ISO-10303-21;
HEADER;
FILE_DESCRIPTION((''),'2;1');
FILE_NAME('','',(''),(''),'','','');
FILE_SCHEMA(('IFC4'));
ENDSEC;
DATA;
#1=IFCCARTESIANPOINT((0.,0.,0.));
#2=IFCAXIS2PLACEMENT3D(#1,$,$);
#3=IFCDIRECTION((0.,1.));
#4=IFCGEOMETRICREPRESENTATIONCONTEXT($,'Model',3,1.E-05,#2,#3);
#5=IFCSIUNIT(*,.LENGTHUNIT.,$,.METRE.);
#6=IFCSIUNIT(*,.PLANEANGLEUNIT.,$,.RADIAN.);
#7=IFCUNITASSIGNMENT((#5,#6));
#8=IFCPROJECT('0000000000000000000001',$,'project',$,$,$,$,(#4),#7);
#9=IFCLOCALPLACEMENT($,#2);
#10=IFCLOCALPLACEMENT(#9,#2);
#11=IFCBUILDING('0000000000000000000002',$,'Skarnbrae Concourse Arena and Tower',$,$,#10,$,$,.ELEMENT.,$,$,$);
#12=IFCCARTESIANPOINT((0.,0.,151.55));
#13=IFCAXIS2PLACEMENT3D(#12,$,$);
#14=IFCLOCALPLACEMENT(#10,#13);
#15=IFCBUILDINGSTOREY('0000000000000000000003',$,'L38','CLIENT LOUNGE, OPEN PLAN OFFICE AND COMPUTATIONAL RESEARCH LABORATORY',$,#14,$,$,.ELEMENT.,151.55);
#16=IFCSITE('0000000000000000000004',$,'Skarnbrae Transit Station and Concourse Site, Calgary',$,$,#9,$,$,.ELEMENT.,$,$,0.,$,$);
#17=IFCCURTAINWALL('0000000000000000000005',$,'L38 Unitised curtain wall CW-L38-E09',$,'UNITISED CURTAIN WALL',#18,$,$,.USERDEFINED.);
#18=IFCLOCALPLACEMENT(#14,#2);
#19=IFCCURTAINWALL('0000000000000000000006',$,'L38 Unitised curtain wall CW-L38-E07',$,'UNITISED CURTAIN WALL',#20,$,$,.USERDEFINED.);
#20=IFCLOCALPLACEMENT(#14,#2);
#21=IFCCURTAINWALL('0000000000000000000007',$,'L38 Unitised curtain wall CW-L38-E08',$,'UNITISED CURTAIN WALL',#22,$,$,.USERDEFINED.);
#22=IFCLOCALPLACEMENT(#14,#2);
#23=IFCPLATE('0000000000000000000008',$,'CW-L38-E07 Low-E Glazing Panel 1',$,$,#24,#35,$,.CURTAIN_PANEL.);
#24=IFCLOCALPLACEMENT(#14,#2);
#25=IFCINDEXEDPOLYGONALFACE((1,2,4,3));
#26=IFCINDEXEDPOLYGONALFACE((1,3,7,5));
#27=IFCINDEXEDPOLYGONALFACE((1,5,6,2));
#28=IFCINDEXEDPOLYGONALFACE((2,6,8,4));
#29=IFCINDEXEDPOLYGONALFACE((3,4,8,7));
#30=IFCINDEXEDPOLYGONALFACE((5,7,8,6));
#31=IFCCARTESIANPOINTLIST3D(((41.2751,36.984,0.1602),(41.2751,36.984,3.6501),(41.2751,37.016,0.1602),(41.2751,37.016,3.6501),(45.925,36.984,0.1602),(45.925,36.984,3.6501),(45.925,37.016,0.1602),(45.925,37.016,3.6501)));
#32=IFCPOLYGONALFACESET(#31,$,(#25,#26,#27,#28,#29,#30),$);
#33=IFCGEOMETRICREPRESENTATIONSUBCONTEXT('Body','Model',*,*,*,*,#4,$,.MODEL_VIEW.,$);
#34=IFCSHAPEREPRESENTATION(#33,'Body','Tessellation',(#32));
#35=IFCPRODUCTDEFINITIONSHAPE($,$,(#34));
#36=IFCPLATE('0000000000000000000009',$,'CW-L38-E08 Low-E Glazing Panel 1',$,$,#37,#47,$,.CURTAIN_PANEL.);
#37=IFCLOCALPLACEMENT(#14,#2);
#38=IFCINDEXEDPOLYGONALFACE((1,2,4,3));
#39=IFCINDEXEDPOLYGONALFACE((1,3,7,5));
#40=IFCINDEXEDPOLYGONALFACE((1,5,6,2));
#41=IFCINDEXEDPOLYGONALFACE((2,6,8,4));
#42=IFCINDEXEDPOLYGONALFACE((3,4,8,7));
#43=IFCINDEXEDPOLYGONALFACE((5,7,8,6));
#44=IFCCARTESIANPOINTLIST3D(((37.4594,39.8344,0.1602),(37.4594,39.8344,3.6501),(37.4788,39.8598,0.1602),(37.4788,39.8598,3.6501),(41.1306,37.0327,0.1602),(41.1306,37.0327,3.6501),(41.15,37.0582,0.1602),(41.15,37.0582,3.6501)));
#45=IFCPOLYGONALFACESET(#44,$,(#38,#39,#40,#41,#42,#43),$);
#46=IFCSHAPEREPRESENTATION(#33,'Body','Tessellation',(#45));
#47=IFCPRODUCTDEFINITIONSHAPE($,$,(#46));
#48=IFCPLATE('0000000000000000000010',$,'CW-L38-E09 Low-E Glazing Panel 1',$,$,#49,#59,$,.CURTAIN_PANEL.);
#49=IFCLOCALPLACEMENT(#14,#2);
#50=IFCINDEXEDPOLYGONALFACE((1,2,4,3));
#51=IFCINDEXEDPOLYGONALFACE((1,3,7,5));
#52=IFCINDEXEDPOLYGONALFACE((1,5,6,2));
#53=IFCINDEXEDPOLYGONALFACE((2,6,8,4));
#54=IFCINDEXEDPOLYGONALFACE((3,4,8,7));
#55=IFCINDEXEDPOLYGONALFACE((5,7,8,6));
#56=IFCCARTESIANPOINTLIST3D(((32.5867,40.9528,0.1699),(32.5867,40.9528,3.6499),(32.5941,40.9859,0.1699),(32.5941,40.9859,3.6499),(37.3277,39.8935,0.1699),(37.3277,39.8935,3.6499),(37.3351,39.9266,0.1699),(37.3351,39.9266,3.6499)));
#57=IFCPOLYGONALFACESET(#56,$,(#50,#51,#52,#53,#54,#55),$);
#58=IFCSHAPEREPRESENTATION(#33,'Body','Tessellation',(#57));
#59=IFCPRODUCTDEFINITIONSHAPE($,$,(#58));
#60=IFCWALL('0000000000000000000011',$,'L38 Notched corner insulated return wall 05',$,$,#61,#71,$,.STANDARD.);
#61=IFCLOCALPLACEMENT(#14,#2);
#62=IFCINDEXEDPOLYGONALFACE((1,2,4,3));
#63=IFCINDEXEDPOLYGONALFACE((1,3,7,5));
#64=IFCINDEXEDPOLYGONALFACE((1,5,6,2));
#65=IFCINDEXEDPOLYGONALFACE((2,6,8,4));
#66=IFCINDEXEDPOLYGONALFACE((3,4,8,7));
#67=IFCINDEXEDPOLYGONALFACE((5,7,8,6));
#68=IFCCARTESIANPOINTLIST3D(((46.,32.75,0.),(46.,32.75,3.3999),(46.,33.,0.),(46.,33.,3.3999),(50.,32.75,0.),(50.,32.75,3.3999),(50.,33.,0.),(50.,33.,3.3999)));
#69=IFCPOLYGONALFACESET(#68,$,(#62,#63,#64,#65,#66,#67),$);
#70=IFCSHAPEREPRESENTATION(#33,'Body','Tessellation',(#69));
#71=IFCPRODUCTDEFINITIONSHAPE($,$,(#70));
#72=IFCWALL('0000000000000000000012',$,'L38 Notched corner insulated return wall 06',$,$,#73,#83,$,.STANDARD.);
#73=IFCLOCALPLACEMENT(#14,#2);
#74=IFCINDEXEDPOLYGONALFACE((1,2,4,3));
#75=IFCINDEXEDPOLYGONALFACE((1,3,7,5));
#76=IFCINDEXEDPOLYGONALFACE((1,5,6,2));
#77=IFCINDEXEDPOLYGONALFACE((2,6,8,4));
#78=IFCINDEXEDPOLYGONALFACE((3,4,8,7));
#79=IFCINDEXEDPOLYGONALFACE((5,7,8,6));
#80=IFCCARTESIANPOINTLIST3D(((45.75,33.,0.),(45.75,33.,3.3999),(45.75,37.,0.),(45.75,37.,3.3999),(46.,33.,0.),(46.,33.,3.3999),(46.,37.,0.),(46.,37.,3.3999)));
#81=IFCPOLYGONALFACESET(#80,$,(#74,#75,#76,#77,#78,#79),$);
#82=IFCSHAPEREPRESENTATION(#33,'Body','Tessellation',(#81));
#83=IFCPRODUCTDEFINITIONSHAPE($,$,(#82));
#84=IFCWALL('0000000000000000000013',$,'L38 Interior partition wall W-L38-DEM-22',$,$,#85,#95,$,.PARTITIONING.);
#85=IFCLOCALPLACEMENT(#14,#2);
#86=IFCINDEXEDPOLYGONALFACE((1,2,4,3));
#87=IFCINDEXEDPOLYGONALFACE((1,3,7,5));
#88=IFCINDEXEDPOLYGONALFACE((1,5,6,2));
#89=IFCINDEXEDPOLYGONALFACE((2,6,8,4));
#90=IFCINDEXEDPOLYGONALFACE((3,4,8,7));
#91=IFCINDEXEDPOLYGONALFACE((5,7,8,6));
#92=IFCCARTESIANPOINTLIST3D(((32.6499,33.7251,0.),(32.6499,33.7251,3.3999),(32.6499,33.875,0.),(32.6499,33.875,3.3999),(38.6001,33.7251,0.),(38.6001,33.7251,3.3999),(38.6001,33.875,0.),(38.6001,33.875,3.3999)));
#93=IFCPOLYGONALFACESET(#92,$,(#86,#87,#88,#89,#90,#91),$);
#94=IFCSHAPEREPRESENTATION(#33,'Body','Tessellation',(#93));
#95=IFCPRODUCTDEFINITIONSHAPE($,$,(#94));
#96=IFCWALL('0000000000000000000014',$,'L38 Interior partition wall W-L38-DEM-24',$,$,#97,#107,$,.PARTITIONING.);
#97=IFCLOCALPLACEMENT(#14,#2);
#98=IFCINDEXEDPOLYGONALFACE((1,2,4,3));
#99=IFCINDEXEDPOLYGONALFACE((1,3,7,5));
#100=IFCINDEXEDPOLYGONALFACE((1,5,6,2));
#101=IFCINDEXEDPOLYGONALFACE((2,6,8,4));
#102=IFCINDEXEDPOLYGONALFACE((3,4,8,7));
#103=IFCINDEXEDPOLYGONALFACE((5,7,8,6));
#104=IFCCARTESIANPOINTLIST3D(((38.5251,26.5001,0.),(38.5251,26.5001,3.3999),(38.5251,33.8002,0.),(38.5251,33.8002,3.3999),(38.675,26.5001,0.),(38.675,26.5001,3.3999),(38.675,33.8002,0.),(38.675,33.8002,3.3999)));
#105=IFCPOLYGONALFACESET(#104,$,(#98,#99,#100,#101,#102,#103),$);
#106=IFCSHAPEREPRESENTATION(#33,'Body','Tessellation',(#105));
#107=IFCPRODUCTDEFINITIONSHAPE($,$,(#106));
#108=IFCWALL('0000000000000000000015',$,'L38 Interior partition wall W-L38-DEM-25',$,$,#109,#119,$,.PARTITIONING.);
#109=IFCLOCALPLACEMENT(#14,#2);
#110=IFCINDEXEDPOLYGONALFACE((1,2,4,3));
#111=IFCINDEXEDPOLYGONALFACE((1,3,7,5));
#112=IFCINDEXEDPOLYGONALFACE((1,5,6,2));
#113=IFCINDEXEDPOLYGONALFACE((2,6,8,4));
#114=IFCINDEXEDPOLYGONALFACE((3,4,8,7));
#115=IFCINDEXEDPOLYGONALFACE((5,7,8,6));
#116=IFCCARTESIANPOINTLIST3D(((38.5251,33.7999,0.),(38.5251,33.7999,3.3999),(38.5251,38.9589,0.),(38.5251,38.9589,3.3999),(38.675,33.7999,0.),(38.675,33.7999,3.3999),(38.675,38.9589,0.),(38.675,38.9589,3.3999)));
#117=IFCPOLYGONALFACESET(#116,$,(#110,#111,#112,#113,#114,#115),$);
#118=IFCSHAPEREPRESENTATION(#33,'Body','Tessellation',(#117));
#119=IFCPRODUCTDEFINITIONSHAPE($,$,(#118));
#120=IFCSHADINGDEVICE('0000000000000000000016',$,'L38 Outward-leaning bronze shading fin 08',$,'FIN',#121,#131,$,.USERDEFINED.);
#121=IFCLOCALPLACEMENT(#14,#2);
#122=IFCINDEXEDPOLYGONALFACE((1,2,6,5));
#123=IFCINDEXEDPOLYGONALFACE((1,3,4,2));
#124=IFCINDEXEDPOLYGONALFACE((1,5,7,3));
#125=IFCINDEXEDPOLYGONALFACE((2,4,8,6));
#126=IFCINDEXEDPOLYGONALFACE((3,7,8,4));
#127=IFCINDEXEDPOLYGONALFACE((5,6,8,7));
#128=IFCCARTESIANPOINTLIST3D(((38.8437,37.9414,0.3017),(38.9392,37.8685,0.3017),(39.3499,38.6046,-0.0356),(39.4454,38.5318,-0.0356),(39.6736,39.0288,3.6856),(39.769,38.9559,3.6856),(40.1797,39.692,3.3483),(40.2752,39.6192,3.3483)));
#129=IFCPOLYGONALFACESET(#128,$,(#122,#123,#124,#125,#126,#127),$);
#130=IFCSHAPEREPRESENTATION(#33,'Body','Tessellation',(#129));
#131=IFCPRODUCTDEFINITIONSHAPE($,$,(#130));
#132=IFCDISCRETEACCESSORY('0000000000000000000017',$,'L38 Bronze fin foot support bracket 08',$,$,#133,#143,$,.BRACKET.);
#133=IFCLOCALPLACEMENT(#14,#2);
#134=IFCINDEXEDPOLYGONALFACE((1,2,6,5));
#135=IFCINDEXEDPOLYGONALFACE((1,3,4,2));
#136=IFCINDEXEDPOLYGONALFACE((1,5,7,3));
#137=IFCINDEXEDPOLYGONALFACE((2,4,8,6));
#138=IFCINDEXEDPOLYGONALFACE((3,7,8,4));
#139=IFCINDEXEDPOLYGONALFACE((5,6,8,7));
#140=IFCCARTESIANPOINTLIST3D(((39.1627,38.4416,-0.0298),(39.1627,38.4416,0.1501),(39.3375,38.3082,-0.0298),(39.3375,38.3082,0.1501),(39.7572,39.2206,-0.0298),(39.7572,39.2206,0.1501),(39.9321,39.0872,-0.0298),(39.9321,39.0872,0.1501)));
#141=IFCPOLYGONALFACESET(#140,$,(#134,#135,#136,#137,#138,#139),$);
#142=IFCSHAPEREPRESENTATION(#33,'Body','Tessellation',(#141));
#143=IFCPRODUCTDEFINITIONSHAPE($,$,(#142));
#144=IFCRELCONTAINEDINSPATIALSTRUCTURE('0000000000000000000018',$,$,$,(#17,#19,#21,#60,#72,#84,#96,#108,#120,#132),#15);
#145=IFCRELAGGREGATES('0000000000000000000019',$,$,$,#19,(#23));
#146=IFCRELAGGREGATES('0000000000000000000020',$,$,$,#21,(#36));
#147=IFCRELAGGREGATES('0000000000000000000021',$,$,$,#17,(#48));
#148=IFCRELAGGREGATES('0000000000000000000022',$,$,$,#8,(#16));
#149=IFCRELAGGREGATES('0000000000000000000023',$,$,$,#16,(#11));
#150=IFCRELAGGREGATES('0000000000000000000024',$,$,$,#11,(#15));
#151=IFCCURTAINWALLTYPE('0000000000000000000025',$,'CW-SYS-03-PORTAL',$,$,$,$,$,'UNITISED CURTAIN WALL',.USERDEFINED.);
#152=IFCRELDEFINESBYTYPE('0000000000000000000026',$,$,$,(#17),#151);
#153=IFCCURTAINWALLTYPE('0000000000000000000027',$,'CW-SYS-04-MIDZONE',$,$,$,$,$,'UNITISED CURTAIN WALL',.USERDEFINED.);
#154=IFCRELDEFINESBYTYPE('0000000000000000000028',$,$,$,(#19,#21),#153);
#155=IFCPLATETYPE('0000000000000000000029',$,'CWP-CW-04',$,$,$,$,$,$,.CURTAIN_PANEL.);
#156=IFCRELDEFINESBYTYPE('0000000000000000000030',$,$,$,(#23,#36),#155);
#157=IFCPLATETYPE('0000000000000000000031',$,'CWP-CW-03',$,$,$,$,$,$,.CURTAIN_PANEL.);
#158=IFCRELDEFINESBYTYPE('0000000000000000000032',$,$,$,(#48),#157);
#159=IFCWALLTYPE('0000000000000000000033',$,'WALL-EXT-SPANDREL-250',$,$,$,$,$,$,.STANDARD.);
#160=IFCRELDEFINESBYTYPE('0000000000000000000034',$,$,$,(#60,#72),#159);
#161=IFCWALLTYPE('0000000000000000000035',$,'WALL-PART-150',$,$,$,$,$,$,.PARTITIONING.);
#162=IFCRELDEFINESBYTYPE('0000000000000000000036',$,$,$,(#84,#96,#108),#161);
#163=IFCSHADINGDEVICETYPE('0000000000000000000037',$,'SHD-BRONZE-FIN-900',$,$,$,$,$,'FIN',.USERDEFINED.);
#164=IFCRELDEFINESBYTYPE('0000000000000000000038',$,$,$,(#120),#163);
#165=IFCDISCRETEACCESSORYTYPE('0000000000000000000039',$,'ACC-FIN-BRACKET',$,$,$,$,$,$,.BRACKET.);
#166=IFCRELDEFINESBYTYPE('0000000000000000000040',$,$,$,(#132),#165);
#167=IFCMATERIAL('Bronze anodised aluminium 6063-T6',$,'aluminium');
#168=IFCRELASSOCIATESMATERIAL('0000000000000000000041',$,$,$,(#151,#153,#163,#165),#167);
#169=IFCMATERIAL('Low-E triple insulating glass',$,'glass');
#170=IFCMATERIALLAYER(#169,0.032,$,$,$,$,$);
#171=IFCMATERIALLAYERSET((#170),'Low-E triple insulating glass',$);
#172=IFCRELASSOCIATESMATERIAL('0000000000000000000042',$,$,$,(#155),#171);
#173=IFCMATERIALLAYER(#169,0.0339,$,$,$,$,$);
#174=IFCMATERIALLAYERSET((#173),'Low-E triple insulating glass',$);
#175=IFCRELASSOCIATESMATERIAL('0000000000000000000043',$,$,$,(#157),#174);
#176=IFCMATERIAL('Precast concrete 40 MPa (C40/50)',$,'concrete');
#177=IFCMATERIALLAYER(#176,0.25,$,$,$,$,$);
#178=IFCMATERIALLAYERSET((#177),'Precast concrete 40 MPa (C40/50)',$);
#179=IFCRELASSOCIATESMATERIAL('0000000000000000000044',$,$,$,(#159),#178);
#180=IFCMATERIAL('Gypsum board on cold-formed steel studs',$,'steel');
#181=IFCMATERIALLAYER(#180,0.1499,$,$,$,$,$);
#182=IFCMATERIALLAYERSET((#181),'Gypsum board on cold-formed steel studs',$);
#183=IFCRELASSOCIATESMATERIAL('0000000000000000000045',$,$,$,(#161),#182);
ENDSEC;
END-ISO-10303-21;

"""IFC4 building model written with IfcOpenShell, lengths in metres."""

from ifc_helpers import new_model, si_unit, direction, frame, frame_2d, origin, origin_2d, place, context, subcontext, project, spatial, rectangle, extrude, source, transform, mapped, material, layer, layer_set, type_object, element, aggregate, save


model = new_model("IFC4")

# Units and contexts
model_context = context("Model", 3, precision=1e-05, world=origin(), true_north=direction((0.0, 1.0)))
body_context = subcontext(model_context, "Body", "Model", "MODEL_VIEW")
ifc_project = project(units=[si_unit("LENGTHUNIT", "METRE"), si_unit("PLANEANGLEUNIT", "RADIAN")], contexts=[model_context])

# Site, building, storey
site_placement = place(None, origin())
site = spatial("IfcSite", under=ifc_project, at=site_placement, Name="Skarnbrae Transit Station and Concourse Site, Calgary", CompositionType="ELEMENT", RefElevation=0.0)
building_placement = place(site_placement, origin())
building = spatial("IfcBuilding", under=site, at=building_placement, Name="Skarnbrae Concourse Arena and Tower", CompositionType="ELEMENT")
storey_placement = place(building_placement, frame((0.0, 0.0, 151.55)))
storey = spatial("IfcBuildingStorey", under=building, at=storey_placement, Name="L38", Description="CLIENT LOUNGE, OPEN PLAN OFFICE AND COMPUTATIONAL RESEARCH LABORATORY", CompositionType="ELEMENT", Elevation=151.55)

# Curtain wall
ifc_material_1 = material(Name="Bronze anodised aluminium 6063-T6", Category="aluminium")
curtain_wall_type_1 = type_object("IfcCurtainWallType", Name="CW-SYS-03-PORTAL", ElementType="UNITISED CURTAIN WALL", PredefinedType="USERDEFINED", material=ifc_material_1)
curtain_wall_1_placement = place(storey_placement, origin())
curtain_wall_1 = element("IfcCurtainWall", 1, at=curtain_wall_1_placement, inside=storey, type_object=curtain_wall_type_1, Name="L38 Unitised curtain wall CW-L38-E09", ObjectType="UNITISED CURTAIN WALL", PredefinedType="USERDEFINED")
curtain_wall_type_2 = type_object("IfcCurtainWallType", Name="CW-SYS-04-MIDZONE", ElementType="UNITISED CURTAIN WALL", PredefinedType="USERDEFINED", material=ifc_material_1)

# Curtain walls
curtain_wall_2_placement = place(storey_placement, origin())
curtain_wall_2 = element("IfcCurtainWall", 2, at=curtain_wall_2_placement, inside=storey, type_object=curtain_wall_type_2, Name="L38 Unitised curtain wall CW-L38-E07", ObjectType="UNITISED CURTAIN WALL", PredefinedType="USERDEFINED")
curtain_wall_3_placement = place(storey_placement, origin())
curtain_wall_3 = element("IfcCurtainWall", 3, at=curtain_wall_3_placement, inside=storey, type_object=curtain_wall_type_2, Name="L38 Unitised curtain wall CW-L38-E08", ObjectType="UNITISED CURTAIN WALL", PredefinedType="USERDEFINED")

# Plates
ifc_material_2 = material(Name="Low-E triple insulating glass", Category="glass")
ifc_layer_1 = layer(ifc_material_2, 0.032)
ifc_layer_set_1 = layer_set([ifc_layer_1], Name="Low-E triple insulating glass")
plate_type_1 = type_object("IfcPlateType", Name="CWP-CW-04", PredefinedType="CURTAIN_PANEL", material=ifc_layer_set_1)
shared_shape_1 = source(origin(), body_context, "Body", "SweptSolid", [
    extrude(rectangle(XDim=4.6499, YDim=0.032, at=origin_2d()), origin(), (0.0, 0.0, 1.0), 3.49),
])
plate_1_placement = place(storey_placement, frame((43.6001, 37.0, 0.1602), z_axis=(0.0, 0.0, 1.0), x_axis=(-1.0, 0.0, 0.0)))
plate_1 = element("IfcPlate", 4, at=plate_1_placement, type_object=plate_type_1, Name="CW-L38-E07 Low-E Glazing Panel 1", PredefinedType="CURTAIN_PANEL", context=body_context, shape_type="MappedRepresentation", body=[
    mapped(shared_shape_1, transform((0.0, 0.0, 0.0))),
])
aggregate(curtain_wall_2, [plate_1])
shared_shape_2 = source(origin(), body_context, "Body", "SweptSolid", [
    extrude(rectangle(XDim=4.6182, YDim=0.032, at=origin_2d()), origin(), (0.0, 0.0, 1.0), 3.49),
])
plate_2_placement = place(storey_placement, frame((39.3047, 38.4463, 0.1602), z_axis=(0.0, 0.0, 1.0), x_axis=(-0.794956, 0.606667, 0.0)))
plate_2 = element("IfcPlate", 5, at=plate_2_placement, type_object=plate_type_1, Name="CW-L38-E08 Low-E Glazing Panel 1", PredefinedType="CURTAIN_PANEL", context=body_context, shape_type="MappedRepresentation", body=[
    mapped(shared_shape_2, transform((0.0, 0.0, 0.0))),
])
aggregate(curtain_wall_3, [plate_2])
ifc_layer_2 = layer(ifc_material_2, 0.0339)
ifc_layer_set_2 = layer_set([ifc_layer_2], Name="Low-E triple insulating glass")
plate_type_2 = type_object("IfcPlateType", Name="CWP-CW-03", PredefinedType="CURTAIN_PANEL", material=ifc_layer_set_2)
shared_shape_3 = source(origin(), body_context, "Body", "SweptSolid", [
    extrude(rectangle(XDim=4.8579, YDim=0.0339, at=origin_2d()), origin(), (0.0, 0.0, 1.0), 3.48),
])
plate_3_placement = place(storey_placement, frame((34.9609, 40.4397, 0.1699), z_axis=(0.0, 0.0, 1.0), x_axis=(-0.975936, 0.218056, 0.0)))
plate_3 = element("IfcPlate", 6, at=plate_3_placement, type_object=plate_type_2, Name="CW-L38-E09 Low-E Glazing Panel 1", PredefinedType="CURTAIN_PANEL", context=body_context, shape_type="MappedRepresentation", body=[
    mapped(shared_shape_3, transform((0.0, 0.0, 0.0))),
])
aggregate(curtain_wall_1, [plate_3])

# Walls
ifc_material_3 = material(Name="Precast concrete 40 MPa (C40/50)", Category="concrete")
ifc_layer_3 = layer(ifc_material_3, 0.25)
ifc_layer_set_3 = layer_set([ifc_layer_3], Name="Precast concrete 40 MPa (C40/50)")
wall_type_1 = type_object("IfcWallType", Name="WALL-EXT-SPANDREL-250", PredefinedType="STANDARD", material=ifc_layer_set_3)
shared_shape_4 = source(origin(), body_context, "Body", "SweptSolid", [
    extrude(rectangle(XDim=4.0, YDim=0.25, at=frame_2d((2.0, 0.0))), origin(), (0.0, 0.0, 1.0), 3.3999),
])
for number, where, z_axis, x_axis, name in (
    (7, (50.0, 32.875, 0.0), (0.0, 0.0, 1.0), (-1.0, 0.0, 0.0), "L38 Notched corner insulated return wall 05"),
    (8, (45.875, 33.0, 0.0), (0.0, 0.0, 1.0), (0.0, 1.0, 0.0), "L38 Notched corner insulated return wall 06"),
):
    element("IfcWall", number, at=place(storey_placement, frame(where, z_axis=z_axis, x_axis=x_axis)), inside=storey, type_object=wall_type_1, Name=name, PredefinedType="STANDARD", context=body_context, shape_type="MappedRepresentation", body=[
        mapped(shared_shape_4, transform((0.0, 0.0, 0.0))),
    ])
ifc_material_4 = material(Name="Gypsum board on cold-formed steel studs", Category="steel")
ifc_layer_4 = layer(ifc_material_4, 0.1499)
ifc_layer_set_4 = layer_set([ifc_layer_4], Name="Gypsum board on cold-formed steel studs")
wall_type_2 = type_object("IfcWallType", Name="WALL-PART-150", PredefinedType="PARTITIONING", material=ifc_layer_set_4)
shared_shape_5 = source(origin(), body_context, "Body", "SweptSolid", [
    extrude(rectangle(XDim=5.9502, YDim=0.1499, at=frame_2d((2.9751, 0.0))), origin(), (0.0, 0.0, 1.0), 3.3999),
])
wall_1_placement = place(storey_placement, frame((38.6001, 33.8, 0.0), z_axis=(0.0, 0.0, 1.0), x_axis=(-1.0, 0.0, 0.0)))
element("IfcWall", 9, at=wall_1_placement, inside=storey, type_object=wall_type_2, Name="L38 Interior partition wall W-L38-DEM-22", PredefinedType="PARTITIONING", context=body_context, shape_type="MappedRepresentation", body=[
    mapped(shared_shape_5, transform((0.0, 0.0, 0.0))),
])
shared_shape_6 = source(origin(), body_context, "Body", "SweptSolid", [
    extrude(rectangle(XDim=7.3, YDim=0.1499, at=frame_2d((3.6499, 0.0))), origin(), (0.0, 0.0, 1.0), 3.3999),
])
wall_2_placement = place(storey_placement, frame((38.6001, 33.8, 0.0), z_axis=(0.0, 0.0, 1.0), x_axis=(0.0, -1.0, 0.0)))
element("IfcWall", 10, at=wall_2_placement, inside=storey, type_object=wall_type_2, Name="L38 Interior partition wall W-L38-DEM-24", PredefinedType="PARTITIONING", context=body_context, shape_type="MappedRepresentation", body=[
    mapped(shared_shape_6, transform((0.0, 0.0, 0.0))),
])
shared_shape_7 = source(origin(), body_context, "Body", "SweptSolid", [
    extrude(rectangle(XDim=5.1589, YDim=0.1499, at=frame_2d((2.5796, 0.0))), origin(), (0.0, 0.0, 1.0), 3.3999),
])
wall_3_placement = place(storey_placement, frame((38.6001, 38.959, 0.0), z_axis=(0.0, 0.0, 1.0), x_axis=(0.0, -1.0, 0.0)))
element("IfcWall", 11, at=wall_3_placement, inside=storey, type_object=wall_type_2, Name="L38 Interior partition wall W-L38-DEM-25", PredefinedType="PARTITIONING", context=body_context, shape_type="MappedRepresentation", body=[
    mapped(shared_shape_7, transform((0.0, 0.0, 0.0))),
])

# Shading device
shading_device_type = type_object("IfcShadingDeviceType", Name="SHD-BRONZE-FIN-900", ElementType="FIN", PredefinedType="USERDEFINED", material=ifc_material_1)
shared_shape_8 = source(origin(), body_context, "Body", "SweptSolid", [
    extrude(rectangle(XDim=0.1201, YDim=0.8999, at=origin_2d()), origin(), (0.0, 0.0, 1.0), 3.6499),
])
shading_device_placement = place(storey_placement, frame((39.1445, 38.2366, 0.1331), z_axis=(0.22736, 0.297924, 0.927118), x_axis=(0.794955, -0.606668, 0.0)))
element("IfcShadingDevice", 12, at=shading_device_placement, inside=storey, type_object=shading_device_type, Name="L38 Outward-leaning bronze shading fin 08", ObjectType="FIN", PredefinedType="USERDEFINED", context=body_context, shape_type="MappedRepresentation", body=[
    mapped(shared_shape_8, transform((0.0, 0.0, 0.0))),
])

# Discrete accessory
discrete_accessory_type = type_object("IfcDiscreteAccessoryType", Name="ACC-FIN-BRACKET", PredefinedType="BRACKET", material=ifc_material_1)
shared_shape_9 = source(origin(), body_context, "Body", "SweptSolid", [
    extrude(rectangle(XDim=0.22, YDim=0.98, at=origin_2d()), origin(), (0.0, 0.0, 1.0), 0.1799),
])
discrete_accessory_placement = place(storey_placement, frame((39.5474, 38.7644, -0.0298), z_axis=(0.0, 0.0, 1.0), x_axis=(0.794955, -0.606668, 0.0)))
element("IfcDiscreteAccessory", 13, at=discrete_accessory_placement, inside=storey, type_object=discrete_accessory_type, Name="L38 Bronze fin foot support bracket 08", PredefinedType="BRACKET", context=body_context, shape_type="MappedRepresentation", body=[
    mapped(shared_shape_9, transform((0.0, 0.0, 0.0))),
])

save(model, "model.ifc")
